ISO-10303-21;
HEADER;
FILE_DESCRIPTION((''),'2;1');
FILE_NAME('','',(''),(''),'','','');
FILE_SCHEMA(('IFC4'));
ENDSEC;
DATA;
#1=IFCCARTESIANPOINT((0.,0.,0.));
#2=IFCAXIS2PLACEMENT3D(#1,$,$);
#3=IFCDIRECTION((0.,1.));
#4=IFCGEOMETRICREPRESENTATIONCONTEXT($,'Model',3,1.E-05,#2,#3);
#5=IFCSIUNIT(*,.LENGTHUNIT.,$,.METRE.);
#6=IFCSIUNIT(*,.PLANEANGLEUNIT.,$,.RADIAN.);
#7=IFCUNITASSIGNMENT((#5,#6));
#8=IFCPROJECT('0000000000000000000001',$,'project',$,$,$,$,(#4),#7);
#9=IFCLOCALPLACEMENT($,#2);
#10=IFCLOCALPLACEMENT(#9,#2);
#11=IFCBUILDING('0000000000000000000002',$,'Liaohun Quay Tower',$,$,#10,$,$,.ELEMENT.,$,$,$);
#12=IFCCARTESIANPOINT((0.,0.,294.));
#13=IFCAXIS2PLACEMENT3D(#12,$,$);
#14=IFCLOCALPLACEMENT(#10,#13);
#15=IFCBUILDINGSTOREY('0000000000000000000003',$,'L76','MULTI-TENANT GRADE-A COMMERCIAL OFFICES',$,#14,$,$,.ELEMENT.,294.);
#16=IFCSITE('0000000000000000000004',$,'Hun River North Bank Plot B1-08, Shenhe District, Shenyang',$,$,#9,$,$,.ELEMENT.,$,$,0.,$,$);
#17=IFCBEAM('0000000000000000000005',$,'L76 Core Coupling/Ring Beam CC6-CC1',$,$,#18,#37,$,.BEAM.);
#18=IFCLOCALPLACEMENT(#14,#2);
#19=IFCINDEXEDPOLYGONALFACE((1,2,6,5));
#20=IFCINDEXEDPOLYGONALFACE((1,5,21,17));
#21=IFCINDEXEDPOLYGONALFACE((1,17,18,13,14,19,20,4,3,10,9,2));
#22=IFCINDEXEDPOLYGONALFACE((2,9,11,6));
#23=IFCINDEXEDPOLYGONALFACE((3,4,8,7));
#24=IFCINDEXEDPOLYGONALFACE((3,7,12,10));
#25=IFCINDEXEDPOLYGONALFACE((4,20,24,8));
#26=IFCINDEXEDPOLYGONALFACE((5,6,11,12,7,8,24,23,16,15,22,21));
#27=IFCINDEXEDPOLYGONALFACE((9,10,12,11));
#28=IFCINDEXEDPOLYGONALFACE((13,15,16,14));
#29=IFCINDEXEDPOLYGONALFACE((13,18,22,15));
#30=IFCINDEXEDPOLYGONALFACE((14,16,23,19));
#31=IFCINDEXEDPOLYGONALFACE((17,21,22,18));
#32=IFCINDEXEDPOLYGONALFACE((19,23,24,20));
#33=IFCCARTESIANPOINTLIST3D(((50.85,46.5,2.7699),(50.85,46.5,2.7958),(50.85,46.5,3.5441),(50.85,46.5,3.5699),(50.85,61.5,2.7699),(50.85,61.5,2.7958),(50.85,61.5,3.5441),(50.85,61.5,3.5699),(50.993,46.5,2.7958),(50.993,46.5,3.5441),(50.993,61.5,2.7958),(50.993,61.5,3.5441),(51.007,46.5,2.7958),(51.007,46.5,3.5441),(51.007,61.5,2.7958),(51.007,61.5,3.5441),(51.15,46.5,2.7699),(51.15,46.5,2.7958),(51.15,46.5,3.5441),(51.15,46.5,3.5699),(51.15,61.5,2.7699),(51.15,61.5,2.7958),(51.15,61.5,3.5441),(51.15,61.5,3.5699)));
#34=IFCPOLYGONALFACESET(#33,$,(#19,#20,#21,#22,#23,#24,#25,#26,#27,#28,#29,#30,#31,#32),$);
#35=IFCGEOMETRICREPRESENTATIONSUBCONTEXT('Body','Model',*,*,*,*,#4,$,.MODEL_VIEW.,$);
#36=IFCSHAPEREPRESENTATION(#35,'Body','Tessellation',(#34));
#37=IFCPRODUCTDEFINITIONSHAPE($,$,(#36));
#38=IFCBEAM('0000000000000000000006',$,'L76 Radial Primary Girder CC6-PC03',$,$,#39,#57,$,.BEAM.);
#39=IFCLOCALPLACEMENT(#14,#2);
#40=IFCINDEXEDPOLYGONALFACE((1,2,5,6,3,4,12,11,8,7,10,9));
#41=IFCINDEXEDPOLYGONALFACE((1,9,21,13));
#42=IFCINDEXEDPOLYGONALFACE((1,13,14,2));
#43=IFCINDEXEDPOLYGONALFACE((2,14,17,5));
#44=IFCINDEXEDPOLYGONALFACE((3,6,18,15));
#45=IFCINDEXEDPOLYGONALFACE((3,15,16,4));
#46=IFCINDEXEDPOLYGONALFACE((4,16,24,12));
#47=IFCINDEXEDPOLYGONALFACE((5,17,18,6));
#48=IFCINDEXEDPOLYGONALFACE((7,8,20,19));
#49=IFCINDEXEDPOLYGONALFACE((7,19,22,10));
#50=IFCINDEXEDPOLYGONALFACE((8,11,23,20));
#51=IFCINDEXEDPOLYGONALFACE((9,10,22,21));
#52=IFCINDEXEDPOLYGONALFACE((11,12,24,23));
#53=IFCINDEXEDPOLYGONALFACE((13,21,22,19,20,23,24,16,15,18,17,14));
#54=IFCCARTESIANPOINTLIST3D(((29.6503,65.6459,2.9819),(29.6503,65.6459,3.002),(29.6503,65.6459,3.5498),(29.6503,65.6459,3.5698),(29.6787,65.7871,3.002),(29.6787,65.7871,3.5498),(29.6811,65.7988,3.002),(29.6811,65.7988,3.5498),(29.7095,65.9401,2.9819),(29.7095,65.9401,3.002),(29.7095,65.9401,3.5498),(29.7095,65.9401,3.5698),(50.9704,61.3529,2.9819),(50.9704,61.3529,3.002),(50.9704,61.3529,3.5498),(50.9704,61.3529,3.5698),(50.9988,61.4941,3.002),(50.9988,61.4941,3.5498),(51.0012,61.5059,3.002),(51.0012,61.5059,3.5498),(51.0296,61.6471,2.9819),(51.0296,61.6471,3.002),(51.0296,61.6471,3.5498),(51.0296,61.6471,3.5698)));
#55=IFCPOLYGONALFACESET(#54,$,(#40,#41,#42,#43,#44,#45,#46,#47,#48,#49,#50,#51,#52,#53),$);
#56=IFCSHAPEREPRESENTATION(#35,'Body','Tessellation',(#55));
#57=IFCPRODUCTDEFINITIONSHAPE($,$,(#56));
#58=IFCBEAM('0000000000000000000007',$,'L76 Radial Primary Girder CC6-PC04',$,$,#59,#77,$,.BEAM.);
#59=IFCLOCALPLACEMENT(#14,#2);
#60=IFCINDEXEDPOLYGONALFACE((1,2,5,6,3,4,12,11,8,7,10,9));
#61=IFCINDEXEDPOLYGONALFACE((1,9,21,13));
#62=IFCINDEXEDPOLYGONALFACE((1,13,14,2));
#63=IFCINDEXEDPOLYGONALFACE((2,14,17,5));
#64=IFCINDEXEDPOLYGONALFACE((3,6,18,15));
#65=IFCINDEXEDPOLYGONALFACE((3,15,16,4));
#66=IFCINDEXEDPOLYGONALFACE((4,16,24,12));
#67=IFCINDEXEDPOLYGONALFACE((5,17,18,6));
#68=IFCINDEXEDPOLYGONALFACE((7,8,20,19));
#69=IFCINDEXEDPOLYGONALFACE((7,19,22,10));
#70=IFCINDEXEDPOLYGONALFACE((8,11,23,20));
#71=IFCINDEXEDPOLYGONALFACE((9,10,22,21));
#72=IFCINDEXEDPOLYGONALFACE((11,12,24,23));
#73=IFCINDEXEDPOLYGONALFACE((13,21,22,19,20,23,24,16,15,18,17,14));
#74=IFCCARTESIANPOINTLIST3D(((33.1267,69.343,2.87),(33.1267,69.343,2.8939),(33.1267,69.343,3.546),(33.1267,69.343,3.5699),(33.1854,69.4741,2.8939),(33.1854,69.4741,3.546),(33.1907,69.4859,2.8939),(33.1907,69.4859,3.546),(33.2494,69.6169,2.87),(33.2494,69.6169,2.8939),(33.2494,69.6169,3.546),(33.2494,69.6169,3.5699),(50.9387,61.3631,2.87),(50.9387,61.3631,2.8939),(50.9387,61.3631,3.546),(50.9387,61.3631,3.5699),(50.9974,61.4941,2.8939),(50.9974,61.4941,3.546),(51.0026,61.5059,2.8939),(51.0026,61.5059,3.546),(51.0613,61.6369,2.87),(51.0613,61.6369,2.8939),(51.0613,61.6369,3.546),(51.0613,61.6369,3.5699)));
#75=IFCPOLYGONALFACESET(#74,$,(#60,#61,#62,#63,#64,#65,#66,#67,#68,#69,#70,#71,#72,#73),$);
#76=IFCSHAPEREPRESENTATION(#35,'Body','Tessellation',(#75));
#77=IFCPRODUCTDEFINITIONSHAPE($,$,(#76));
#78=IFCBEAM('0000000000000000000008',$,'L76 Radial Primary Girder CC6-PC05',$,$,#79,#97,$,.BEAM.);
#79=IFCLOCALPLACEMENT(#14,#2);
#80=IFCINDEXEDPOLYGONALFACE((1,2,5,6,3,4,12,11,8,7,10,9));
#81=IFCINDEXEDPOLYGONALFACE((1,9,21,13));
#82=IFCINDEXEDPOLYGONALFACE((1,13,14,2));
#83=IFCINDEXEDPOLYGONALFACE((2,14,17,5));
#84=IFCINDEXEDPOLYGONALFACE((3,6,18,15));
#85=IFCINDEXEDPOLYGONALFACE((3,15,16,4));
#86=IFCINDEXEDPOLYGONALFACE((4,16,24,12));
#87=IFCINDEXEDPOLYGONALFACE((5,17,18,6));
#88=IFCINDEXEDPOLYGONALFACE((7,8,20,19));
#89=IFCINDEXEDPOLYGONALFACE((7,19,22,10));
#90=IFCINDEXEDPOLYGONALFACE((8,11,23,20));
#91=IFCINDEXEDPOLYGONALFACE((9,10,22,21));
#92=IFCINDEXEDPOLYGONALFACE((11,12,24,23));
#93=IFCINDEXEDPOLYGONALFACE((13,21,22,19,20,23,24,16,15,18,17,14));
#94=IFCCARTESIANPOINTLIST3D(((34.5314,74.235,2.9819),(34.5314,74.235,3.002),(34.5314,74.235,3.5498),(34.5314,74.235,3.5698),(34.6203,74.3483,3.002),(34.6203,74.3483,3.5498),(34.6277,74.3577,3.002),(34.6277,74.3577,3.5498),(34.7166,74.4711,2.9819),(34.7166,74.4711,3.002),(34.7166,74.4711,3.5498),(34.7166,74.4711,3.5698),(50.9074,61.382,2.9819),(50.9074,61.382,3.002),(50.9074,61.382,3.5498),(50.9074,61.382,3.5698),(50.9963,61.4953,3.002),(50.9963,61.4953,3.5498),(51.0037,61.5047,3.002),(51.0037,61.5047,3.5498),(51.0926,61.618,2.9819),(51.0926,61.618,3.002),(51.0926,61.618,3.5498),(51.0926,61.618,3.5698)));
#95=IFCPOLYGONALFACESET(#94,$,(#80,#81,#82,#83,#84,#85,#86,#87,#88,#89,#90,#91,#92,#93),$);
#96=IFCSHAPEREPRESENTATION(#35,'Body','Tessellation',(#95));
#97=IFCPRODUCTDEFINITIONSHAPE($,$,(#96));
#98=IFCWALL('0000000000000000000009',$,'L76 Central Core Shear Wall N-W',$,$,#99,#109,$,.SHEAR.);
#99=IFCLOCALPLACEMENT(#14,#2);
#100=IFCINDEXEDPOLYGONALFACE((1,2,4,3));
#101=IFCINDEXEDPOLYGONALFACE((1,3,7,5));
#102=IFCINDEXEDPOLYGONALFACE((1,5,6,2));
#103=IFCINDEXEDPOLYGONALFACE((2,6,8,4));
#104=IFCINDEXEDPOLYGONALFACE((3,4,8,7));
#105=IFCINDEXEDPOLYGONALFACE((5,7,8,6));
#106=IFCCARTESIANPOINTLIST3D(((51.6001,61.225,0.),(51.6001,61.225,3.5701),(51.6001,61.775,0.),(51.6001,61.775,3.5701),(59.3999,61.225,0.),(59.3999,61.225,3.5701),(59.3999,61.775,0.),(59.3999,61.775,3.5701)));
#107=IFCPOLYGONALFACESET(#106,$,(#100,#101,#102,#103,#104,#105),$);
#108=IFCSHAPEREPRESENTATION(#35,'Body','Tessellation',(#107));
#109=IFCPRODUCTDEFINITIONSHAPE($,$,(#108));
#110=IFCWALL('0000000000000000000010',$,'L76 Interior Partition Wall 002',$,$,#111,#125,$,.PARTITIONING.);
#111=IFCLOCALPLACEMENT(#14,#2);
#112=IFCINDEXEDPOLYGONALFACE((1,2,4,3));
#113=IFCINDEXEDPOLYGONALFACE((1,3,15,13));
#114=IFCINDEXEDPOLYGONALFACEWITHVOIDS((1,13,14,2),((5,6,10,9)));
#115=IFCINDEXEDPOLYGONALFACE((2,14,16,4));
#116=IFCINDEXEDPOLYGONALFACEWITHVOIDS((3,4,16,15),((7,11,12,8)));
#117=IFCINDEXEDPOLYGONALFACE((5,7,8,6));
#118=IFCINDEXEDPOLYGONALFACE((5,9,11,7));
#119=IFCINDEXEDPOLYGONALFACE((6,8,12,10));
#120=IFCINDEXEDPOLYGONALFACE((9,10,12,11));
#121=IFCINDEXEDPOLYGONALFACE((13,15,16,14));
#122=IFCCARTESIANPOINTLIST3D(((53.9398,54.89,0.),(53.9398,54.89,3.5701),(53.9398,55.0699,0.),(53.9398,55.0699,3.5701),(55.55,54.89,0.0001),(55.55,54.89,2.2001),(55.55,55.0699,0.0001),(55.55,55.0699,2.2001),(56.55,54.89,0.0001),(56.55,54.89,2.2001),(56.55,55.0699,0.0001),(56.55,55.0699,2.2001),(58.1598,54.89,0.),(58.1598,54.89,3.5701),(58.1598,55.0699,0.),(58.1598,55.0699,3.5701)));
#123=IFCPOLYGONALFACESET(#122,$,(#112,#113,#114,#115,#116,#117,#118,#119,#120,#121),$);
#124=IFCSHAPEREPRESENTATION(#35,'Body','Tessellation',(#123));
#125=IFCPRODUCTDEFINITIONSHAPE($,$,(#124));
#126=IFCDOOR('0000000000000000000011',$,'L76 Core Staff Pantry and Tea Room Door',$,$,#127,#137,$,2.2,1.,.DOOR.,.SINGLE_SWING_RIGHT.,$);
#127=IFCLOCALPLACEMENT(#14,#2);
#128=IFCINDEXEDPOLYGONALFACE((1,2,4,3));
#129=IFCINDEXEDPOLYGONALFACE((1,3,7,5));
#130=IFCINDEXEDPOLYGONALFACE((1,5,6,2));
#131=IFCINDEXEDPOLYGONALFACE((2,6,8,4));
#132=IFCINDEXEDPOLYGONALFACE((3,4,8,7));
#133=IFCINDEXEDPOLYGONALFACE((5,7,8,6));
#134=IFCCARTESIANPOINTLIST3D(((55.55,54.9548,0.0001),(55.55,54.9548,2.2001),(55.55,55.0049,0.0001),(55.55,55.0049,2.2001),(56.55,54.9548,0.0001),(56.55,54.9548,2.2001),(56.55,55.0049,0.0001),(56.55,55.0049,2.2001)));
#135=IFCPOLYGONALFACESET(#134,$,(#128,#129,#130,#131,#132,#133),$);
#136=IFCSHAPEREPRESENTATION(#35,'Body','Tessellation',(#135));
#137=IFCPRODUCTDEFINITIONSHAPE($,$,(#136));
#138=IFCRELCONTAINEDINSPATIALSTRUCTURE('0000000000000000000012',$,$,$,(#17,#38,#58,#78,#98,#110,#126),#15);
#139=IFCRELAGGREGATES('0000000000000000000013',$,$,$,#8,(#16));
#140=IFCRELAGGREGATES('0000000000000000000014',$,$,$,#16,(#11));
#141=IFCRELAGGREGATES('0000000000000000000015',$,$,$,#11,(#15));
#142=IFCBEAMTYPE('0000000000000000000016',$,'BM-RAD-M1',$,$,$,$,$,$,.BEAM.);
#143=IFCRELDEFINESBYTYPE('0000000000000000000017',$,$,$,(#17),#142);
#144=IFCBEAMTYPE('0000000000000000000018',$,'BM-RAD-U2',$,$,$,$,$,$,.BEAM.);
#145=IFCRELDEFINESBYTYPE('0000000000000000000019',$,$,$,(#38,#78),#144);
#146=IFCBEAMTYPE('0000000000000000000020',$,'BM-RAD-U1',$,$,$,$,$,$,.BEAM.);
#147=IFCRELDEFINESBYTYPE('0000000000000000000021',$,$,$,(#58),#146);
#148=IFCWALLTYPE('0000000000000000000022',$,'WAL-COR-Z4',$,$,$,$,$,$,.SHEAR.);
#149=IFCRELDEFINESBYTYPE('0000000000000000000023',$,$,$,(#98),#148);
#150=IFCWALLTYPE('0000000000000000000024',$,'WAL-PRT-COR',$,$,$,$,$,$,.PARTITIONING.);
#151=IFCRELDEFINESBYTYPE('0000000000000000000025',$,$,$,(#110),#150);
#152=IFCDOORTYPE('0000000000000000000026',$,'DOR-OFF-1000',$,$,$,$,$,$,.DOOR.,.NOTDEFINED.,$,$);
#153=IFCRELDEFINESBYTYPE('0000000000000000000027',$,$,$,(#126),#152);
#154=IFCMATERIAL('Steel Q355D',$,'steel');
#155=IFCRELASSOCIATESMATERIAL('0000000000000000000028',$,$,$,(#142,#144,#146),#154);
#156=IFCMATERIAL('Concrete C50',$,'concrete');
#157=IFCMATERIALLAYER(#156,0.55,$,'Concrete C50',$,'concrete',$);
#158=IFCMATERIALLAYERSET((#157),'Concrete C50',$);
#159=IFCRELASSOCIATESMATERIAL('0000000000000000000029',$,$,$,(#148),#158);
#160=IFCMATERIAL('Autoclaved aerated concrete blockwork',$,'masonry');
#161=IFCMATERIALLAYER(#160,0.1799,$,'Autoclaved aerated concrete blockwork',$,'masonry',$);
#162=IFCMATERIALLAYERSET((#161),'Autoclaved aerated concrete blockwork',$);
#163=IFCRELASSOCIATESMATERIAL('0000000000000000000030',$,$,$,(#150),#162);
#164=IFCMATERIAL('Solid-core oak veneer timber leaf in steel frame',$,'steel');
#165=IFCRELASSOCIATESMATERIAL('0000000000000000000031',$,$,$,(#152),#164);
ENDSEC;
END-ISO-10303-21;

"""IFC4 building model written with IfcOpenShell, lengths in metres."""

from ifc_helpers import new_model, si_unit, direction, frame, frame_2d, origin, origin_2d, place, context, subcontext, project, spatial, rectangle, i_section, extrude, source, transform, mapped, material, layer, layer_set, material_profile, profile_set, type_object, element, fill, save


model = new_model("IFC4")

# Units and contexts
model_context = context("Model", 3, precision=1e-05, world=origin(), true_north=direction((0.0, 1.0)))
body_context = subcontext(model_context, "Body", "Model", "MODEL_VIEW")
ifc_project = project(units=[si_unit("LENGTHUNIT", "METRE"), si_unit("PLANEANGLEUNIT", "RADIAN")], contexts=[model_context])

# Site, building, storey
site_placement = place(None, origin())
site = spatial("IfcSite", under=ifc_project, at=site_placement, Name="Hun River North Bank Plot B1-08, Shenhe District, Shenyang", CompositionType="ELEMENT", RefElevation=0.0)
building_placement = place(site_placement, origin())
building = spatial("IfcBuilding", under=site, at=building_placement, Name="Liaohun Quay Tower", CompositionType="ELEMENT")
storey_placement = place(building_placement, frame((0.0, 0.0, 294.0)))
storey = spatial("IfcBuildingStorey", under=building, at=storey_placement, Name="L76", Description="MULTI-TENANT GRADE-A COMMERCIAL OFFICES", CompositionType="ELEMENT", Elevation=294.0)

# Beams
ifc_material_1 = material(Name="Steel Q355D", Category="steel")
ifc_material_profile_1 = material_profile(ifc_material_1, i_section(OverallWidth=0.3, OverallDepth=0.8, WebThickness=0.0139, FlangeThickness=0.0259, at=origin_2d()), Name="HN800x300x14x26")
ifc_profile_set_1 = profile_set([ifc_material_profile_1], Name="Steel Q355D")
beam_type_1 = type_object("IfcBeamType", Name="BM-RAD-M1", PredefinedType="BEAM", material=ifc_profile_set_1)
shared_shape_1 = source(origin(), body_context, "Body", "SweptSolid", [
    extrude(i_section(OverallWidth=0.3, OverallDepth=0.8, WebThickness=0.0139, FlangeThickness=0.0259, at=origin_2d()), origin(), (0.0, 0.0, 1.0), 15.0),
])
beam_1_placement = place(storey_placement, frame((51.0, 61.5, 3.1699), z_axis=(0.0, -1.0, 0.0), x_axis=(1.0, 0.0, 0.0)))
element("IfcBeam", 1, at=beam_1_placement, inside=storey, type_object=beam_type_1, Name="L76 Core Coupling/Ring Beam CC6-CC1", PredefinedType="BEAM", context=body_context, shape_type="MappedRepresentation", body=[
    mapped(shared_shape_1, transform((0.0, 0.0, 0.0), x_axis=(1.0, 0.0, 0.0), y_axis=(0.0, 1.0, 0.0), z_axis=(0.0, 0.0, 1.0), scale=1.0)),
])
ifc_material_profile_2 = material_profile(ifc_material_1, i_section(OverallWidth=0.3, OverallDepth=0.5879, WebThickness=0.012, FlangeThickness=0.02, at=origin_2d()), Name="HM588x300x12x20")
ifc_profile_set_2 = profile_set([ifc_material_profile_2], Name="Steel Q355D")
beam_type_2 = type_object("IfcBeamType", Name="BM-RAD-U2", PredefinedType="BEAM", material=ifc_profile_set_2)
shared_shape_2 = source(origin(), body_context, "Body", "SweptSolid", [
    extrude(i_section(OverallWidth=0.3, OverallDepth=0.5879, WebThickness=0.012, FlangeThickness=0.02, at=origin_2d()), origin(), (0.0, 0.0, 1.0), 21.748),
])
beam_2_placement = place(storey_placement, frame((51.0, 61.5, 3.2759), z_axis=(-0.980324, 0.197396, 0.0), x_axis=(-0.197396, -0.980324, 0.0)))
element("IfcBeam", 2, at=beam_2_placement, inside=storey, type_object=beam_type_2, Name="L76 Radial Primary Girder CC6-PC03", PredefinedType="BEAM", context=body_context, shape_type="MappedRepresentation", body=[
    mapped(shared_shape_2, transform((0.0, 0.0, 0.0), x_axis=(1.0, 0.0, 0.0), y_axis=(0.0, 1.0, 0.0), z_axis=(0.0, 0.0, 1.0), scale=1.0)),
])
ifc_material_profile_3 = material_profile(ifc_material_1, i_section(OverallWidth=0.3, OverallDepth=0.7, WebThickness=0.0129, FlangeThickness=0.0239, at=origin_2d()), Name="HN700x300x13x24")
ifc_profile_set_3 = profile_set([ifc_material_profile_3], Name="Steel Q355D")
beam_type_3 = type_object("IfcBeamType", Name="BM-RAD-U1", PredefinedType="BEAM", material=ifc_profile_set_3)
shared_shape_3 = source(origin(), body_context, "Body", "SweptSolid", [
    extrude(i_section(OverallWidth=0.3, OverallDepth=0.7, WebThickness=0.0129, FlangeThickness=0.0239, at=origin_2d()), origin(), (0.0, 0.0, 1.0), 19.5178),
])
beam_3_placement = place(storey_placement, frame((51.0, 61.5, 3.22), z_axis=(-0.912599, 0.408855, 0.0), x_axis=(-0.408855, -0.912599, 0.0)))
element("IfcBeam", 3, at=beam_3_placement, inside=storey, type_object=beam_type_3, Name="L76 Radial Primary Girder CC6-PC04", PredefinedType="BEAM", context=body_context, shape_type="MappedRepresentation", body=[
    mapped(shared_shape_3, transform((0.0, 0.0, 0.0), x_axis=(1.0, 0.0, 0.0), y_axis=(0.0, 1.0, 0.0), z_axis=(0.0, 0.0, 1.0), scale=1.0)),
])
shared_shape_4 = source(origin(), body_context, "Body", "SweptSolid", [
    extrude(i_section(OverallWidth=0.3, OverallDepth=0.5879, WebThickness=0.012, FlangeThickness=0.02, at=origin_2d()), origin(), (0.0, 0.0, 1.0), 20.8176),
])
beam_4_placement = place(storey_placement, frame((51.0, 61.5, 3.2759), z_axis=(-0.786641, 0.617411, 0.0), x_axis=(-0.617411, -0.786641, 0.0)))
element("IfcBeam", 4, at=beam_4_placement, inside=storey, type_object=beam_type_2, Name="L76 Radial Primary Girder CC6-PC05", PredefinedType="BEAM", context=body_context, shape_type="MappedRepresentation", body=[
    mapped(shared_shape_4, transform((0.0, 0.0, 0.0), x_axis=(1.0, 0.0, 0.0), y_axis=(0.0, 1.0, 0.0), z_axis=(0.0, 0.0, 1.0), scale=1.0)),
])

# Wall
ifc_material_2 = material(Name="Concrete C50", Category="concrete")
ifc_layer_1 = layer(ifc_material_2, 0.55, Name="Concrete C50", Category="concrete")
ifc_layer_set_1 = layer_set([ifc_layer_1], Name="Concrete C50")
wall_type_1 = type_object("IfcWallType", Name="WAL-COR-Z4", PredefinedType="SHEAR", material=ifc_layer_set_1)
wall_1_placement = place(storey_placement, frame((51.6001, 61.5, 0.0), z_axis=(0.0, 0.0, 1.0), x_axis=(1.0, 0.0, 0.0)))
element("IfcWall", 5, at=wall_1_placement, inside=storey, type_object=wall_type_1, Name="L76 Central Core Shear Wall N-W", PredefinedType="SHEAR", context=body_context, shape_type="SweptSolid", body=[
    extrude(rectangle(XDim=7.7998, YDim=0.55, at=frame_2d((3.8999, 0.0))), origin(), (0.0, 0.0, 1.0), 3.5701),
])

# Wall, opening, door
ifc_material_3 = material(Name="Autoclaved aerated concrete blockwork", Category="masonry")
ifc_layer_2 = layer(ifc_material_3, 0.1799, Name="Autoclaved aerated concrete blockwork", Category="masonry")
ifc_layer_set_2 = layer_set([ifc_layer_2], Name="Autoclaved aerated concrete blockwork")
wall_type_2 = type_object("IfcWallType", Name="WAL-PRT-COR", PredefinedType="PARTITIONING", material=ifc_layer_set_2)
wall_2_placement = place(storey_placement, frame((53.9399, 54.98, 0.0), z_axis=(0.0, 0.0, 1.0), x_axis=(1.0, 0.0, 0.0)))
wall_2 = element("IfcWall", 6, at=wall_2_placement, inside=storey, type_object=wall_type_2, Name="L76 Interior Partition Wall 002", PredefinedType="PARTITIONING", context=body_context, shape_type="SweptSolid", body=[
    extrude(rectangle(XDim=4.22, YDim=0.1799, at=frame_2d((2.1099, 0.0))), origin(), (0.0, 0.0, 1.0), 3.5701),
])
shared_shape_5 = source(origin(), body_context, "Body", "SweptSolid", [
    extrude(rectangle(XDim=1.0, YDim=2.2, at=frame_2d((0.5, 1.1001))), frame((0.0, 0.0999, 0.0), z_axis=(0.0, -1.0, 0.0), x_axis=(1.0, 0.0, 0.0)), (0.0, 0.0, 1.0), 0.2),
])
opening_1_placement = place(wall_2_placement, frame((1.6101, 0.0, 0.0)))
opening_1 = element("IfcOpeningElement", 7, at=opening_1_placement, cuts=wall_2, PredefinedType="OPENING", context=body_context, shape_type="MappedRepresentation", body=[
    mapped(shared_shape_5, transform((0.0, 0.0, 0.0), x_axis=(1.0, 0.0, 0.0), y_axis=(0.0, 1.0, 0.0), z_axis=(0.0, 0.0, 1.0), scale=1.0)),
])
ifc_material_4 = material(Name="Solid-core oak veneer timber leaf in steel frame", Category="steel")
door_type_1 = type_object("IfcDoorType", Name="DOR-OFF-1000", OperationType="NOTDEFINED", PredefinedType="DOOR", material=ifc_material_4)
shared_shape_6 = source(origin(), body_context, "Body", "SweptSolid", [
    extrude(rectangle(XDim=1.0, YDim=2.2, at=frame_2d((0.5, 1.1001))), frame((0.0, 0.0249, 0.0), z_axis=(0.0, -1.0, 0.0), x_axis=(1.0, 0.0, 0.0)), (0.0, 0.0, 1.0), 0.05),
])
door_1_placement = place(opening_1_placement, origin())
door_1 = element("IfcDoor", 8, at=door_1_placement, inside=storey, type_object=door_type_1, Name="L76 Core Staff Pantry and Tea Room Door", OperationType="SINGLE_SWING_RIGHT", OverallHeight=2.2, OverallWidth=1.0, PredefinedType="DOOR", context=body_context, shape_type="MappedRepresentation", body=[
    mapped(shared_shape_6, transform((0.0, 0.0, 0.0), x_axis=(1.0, 0.0, 0.0), y_axis=(0.0, 1.0, 0.0), z_axis=(0.0, 0.0, 1.0), scale=1.0)),
])
fill(opening_1, door_1)

save(model, "model.ifc")
